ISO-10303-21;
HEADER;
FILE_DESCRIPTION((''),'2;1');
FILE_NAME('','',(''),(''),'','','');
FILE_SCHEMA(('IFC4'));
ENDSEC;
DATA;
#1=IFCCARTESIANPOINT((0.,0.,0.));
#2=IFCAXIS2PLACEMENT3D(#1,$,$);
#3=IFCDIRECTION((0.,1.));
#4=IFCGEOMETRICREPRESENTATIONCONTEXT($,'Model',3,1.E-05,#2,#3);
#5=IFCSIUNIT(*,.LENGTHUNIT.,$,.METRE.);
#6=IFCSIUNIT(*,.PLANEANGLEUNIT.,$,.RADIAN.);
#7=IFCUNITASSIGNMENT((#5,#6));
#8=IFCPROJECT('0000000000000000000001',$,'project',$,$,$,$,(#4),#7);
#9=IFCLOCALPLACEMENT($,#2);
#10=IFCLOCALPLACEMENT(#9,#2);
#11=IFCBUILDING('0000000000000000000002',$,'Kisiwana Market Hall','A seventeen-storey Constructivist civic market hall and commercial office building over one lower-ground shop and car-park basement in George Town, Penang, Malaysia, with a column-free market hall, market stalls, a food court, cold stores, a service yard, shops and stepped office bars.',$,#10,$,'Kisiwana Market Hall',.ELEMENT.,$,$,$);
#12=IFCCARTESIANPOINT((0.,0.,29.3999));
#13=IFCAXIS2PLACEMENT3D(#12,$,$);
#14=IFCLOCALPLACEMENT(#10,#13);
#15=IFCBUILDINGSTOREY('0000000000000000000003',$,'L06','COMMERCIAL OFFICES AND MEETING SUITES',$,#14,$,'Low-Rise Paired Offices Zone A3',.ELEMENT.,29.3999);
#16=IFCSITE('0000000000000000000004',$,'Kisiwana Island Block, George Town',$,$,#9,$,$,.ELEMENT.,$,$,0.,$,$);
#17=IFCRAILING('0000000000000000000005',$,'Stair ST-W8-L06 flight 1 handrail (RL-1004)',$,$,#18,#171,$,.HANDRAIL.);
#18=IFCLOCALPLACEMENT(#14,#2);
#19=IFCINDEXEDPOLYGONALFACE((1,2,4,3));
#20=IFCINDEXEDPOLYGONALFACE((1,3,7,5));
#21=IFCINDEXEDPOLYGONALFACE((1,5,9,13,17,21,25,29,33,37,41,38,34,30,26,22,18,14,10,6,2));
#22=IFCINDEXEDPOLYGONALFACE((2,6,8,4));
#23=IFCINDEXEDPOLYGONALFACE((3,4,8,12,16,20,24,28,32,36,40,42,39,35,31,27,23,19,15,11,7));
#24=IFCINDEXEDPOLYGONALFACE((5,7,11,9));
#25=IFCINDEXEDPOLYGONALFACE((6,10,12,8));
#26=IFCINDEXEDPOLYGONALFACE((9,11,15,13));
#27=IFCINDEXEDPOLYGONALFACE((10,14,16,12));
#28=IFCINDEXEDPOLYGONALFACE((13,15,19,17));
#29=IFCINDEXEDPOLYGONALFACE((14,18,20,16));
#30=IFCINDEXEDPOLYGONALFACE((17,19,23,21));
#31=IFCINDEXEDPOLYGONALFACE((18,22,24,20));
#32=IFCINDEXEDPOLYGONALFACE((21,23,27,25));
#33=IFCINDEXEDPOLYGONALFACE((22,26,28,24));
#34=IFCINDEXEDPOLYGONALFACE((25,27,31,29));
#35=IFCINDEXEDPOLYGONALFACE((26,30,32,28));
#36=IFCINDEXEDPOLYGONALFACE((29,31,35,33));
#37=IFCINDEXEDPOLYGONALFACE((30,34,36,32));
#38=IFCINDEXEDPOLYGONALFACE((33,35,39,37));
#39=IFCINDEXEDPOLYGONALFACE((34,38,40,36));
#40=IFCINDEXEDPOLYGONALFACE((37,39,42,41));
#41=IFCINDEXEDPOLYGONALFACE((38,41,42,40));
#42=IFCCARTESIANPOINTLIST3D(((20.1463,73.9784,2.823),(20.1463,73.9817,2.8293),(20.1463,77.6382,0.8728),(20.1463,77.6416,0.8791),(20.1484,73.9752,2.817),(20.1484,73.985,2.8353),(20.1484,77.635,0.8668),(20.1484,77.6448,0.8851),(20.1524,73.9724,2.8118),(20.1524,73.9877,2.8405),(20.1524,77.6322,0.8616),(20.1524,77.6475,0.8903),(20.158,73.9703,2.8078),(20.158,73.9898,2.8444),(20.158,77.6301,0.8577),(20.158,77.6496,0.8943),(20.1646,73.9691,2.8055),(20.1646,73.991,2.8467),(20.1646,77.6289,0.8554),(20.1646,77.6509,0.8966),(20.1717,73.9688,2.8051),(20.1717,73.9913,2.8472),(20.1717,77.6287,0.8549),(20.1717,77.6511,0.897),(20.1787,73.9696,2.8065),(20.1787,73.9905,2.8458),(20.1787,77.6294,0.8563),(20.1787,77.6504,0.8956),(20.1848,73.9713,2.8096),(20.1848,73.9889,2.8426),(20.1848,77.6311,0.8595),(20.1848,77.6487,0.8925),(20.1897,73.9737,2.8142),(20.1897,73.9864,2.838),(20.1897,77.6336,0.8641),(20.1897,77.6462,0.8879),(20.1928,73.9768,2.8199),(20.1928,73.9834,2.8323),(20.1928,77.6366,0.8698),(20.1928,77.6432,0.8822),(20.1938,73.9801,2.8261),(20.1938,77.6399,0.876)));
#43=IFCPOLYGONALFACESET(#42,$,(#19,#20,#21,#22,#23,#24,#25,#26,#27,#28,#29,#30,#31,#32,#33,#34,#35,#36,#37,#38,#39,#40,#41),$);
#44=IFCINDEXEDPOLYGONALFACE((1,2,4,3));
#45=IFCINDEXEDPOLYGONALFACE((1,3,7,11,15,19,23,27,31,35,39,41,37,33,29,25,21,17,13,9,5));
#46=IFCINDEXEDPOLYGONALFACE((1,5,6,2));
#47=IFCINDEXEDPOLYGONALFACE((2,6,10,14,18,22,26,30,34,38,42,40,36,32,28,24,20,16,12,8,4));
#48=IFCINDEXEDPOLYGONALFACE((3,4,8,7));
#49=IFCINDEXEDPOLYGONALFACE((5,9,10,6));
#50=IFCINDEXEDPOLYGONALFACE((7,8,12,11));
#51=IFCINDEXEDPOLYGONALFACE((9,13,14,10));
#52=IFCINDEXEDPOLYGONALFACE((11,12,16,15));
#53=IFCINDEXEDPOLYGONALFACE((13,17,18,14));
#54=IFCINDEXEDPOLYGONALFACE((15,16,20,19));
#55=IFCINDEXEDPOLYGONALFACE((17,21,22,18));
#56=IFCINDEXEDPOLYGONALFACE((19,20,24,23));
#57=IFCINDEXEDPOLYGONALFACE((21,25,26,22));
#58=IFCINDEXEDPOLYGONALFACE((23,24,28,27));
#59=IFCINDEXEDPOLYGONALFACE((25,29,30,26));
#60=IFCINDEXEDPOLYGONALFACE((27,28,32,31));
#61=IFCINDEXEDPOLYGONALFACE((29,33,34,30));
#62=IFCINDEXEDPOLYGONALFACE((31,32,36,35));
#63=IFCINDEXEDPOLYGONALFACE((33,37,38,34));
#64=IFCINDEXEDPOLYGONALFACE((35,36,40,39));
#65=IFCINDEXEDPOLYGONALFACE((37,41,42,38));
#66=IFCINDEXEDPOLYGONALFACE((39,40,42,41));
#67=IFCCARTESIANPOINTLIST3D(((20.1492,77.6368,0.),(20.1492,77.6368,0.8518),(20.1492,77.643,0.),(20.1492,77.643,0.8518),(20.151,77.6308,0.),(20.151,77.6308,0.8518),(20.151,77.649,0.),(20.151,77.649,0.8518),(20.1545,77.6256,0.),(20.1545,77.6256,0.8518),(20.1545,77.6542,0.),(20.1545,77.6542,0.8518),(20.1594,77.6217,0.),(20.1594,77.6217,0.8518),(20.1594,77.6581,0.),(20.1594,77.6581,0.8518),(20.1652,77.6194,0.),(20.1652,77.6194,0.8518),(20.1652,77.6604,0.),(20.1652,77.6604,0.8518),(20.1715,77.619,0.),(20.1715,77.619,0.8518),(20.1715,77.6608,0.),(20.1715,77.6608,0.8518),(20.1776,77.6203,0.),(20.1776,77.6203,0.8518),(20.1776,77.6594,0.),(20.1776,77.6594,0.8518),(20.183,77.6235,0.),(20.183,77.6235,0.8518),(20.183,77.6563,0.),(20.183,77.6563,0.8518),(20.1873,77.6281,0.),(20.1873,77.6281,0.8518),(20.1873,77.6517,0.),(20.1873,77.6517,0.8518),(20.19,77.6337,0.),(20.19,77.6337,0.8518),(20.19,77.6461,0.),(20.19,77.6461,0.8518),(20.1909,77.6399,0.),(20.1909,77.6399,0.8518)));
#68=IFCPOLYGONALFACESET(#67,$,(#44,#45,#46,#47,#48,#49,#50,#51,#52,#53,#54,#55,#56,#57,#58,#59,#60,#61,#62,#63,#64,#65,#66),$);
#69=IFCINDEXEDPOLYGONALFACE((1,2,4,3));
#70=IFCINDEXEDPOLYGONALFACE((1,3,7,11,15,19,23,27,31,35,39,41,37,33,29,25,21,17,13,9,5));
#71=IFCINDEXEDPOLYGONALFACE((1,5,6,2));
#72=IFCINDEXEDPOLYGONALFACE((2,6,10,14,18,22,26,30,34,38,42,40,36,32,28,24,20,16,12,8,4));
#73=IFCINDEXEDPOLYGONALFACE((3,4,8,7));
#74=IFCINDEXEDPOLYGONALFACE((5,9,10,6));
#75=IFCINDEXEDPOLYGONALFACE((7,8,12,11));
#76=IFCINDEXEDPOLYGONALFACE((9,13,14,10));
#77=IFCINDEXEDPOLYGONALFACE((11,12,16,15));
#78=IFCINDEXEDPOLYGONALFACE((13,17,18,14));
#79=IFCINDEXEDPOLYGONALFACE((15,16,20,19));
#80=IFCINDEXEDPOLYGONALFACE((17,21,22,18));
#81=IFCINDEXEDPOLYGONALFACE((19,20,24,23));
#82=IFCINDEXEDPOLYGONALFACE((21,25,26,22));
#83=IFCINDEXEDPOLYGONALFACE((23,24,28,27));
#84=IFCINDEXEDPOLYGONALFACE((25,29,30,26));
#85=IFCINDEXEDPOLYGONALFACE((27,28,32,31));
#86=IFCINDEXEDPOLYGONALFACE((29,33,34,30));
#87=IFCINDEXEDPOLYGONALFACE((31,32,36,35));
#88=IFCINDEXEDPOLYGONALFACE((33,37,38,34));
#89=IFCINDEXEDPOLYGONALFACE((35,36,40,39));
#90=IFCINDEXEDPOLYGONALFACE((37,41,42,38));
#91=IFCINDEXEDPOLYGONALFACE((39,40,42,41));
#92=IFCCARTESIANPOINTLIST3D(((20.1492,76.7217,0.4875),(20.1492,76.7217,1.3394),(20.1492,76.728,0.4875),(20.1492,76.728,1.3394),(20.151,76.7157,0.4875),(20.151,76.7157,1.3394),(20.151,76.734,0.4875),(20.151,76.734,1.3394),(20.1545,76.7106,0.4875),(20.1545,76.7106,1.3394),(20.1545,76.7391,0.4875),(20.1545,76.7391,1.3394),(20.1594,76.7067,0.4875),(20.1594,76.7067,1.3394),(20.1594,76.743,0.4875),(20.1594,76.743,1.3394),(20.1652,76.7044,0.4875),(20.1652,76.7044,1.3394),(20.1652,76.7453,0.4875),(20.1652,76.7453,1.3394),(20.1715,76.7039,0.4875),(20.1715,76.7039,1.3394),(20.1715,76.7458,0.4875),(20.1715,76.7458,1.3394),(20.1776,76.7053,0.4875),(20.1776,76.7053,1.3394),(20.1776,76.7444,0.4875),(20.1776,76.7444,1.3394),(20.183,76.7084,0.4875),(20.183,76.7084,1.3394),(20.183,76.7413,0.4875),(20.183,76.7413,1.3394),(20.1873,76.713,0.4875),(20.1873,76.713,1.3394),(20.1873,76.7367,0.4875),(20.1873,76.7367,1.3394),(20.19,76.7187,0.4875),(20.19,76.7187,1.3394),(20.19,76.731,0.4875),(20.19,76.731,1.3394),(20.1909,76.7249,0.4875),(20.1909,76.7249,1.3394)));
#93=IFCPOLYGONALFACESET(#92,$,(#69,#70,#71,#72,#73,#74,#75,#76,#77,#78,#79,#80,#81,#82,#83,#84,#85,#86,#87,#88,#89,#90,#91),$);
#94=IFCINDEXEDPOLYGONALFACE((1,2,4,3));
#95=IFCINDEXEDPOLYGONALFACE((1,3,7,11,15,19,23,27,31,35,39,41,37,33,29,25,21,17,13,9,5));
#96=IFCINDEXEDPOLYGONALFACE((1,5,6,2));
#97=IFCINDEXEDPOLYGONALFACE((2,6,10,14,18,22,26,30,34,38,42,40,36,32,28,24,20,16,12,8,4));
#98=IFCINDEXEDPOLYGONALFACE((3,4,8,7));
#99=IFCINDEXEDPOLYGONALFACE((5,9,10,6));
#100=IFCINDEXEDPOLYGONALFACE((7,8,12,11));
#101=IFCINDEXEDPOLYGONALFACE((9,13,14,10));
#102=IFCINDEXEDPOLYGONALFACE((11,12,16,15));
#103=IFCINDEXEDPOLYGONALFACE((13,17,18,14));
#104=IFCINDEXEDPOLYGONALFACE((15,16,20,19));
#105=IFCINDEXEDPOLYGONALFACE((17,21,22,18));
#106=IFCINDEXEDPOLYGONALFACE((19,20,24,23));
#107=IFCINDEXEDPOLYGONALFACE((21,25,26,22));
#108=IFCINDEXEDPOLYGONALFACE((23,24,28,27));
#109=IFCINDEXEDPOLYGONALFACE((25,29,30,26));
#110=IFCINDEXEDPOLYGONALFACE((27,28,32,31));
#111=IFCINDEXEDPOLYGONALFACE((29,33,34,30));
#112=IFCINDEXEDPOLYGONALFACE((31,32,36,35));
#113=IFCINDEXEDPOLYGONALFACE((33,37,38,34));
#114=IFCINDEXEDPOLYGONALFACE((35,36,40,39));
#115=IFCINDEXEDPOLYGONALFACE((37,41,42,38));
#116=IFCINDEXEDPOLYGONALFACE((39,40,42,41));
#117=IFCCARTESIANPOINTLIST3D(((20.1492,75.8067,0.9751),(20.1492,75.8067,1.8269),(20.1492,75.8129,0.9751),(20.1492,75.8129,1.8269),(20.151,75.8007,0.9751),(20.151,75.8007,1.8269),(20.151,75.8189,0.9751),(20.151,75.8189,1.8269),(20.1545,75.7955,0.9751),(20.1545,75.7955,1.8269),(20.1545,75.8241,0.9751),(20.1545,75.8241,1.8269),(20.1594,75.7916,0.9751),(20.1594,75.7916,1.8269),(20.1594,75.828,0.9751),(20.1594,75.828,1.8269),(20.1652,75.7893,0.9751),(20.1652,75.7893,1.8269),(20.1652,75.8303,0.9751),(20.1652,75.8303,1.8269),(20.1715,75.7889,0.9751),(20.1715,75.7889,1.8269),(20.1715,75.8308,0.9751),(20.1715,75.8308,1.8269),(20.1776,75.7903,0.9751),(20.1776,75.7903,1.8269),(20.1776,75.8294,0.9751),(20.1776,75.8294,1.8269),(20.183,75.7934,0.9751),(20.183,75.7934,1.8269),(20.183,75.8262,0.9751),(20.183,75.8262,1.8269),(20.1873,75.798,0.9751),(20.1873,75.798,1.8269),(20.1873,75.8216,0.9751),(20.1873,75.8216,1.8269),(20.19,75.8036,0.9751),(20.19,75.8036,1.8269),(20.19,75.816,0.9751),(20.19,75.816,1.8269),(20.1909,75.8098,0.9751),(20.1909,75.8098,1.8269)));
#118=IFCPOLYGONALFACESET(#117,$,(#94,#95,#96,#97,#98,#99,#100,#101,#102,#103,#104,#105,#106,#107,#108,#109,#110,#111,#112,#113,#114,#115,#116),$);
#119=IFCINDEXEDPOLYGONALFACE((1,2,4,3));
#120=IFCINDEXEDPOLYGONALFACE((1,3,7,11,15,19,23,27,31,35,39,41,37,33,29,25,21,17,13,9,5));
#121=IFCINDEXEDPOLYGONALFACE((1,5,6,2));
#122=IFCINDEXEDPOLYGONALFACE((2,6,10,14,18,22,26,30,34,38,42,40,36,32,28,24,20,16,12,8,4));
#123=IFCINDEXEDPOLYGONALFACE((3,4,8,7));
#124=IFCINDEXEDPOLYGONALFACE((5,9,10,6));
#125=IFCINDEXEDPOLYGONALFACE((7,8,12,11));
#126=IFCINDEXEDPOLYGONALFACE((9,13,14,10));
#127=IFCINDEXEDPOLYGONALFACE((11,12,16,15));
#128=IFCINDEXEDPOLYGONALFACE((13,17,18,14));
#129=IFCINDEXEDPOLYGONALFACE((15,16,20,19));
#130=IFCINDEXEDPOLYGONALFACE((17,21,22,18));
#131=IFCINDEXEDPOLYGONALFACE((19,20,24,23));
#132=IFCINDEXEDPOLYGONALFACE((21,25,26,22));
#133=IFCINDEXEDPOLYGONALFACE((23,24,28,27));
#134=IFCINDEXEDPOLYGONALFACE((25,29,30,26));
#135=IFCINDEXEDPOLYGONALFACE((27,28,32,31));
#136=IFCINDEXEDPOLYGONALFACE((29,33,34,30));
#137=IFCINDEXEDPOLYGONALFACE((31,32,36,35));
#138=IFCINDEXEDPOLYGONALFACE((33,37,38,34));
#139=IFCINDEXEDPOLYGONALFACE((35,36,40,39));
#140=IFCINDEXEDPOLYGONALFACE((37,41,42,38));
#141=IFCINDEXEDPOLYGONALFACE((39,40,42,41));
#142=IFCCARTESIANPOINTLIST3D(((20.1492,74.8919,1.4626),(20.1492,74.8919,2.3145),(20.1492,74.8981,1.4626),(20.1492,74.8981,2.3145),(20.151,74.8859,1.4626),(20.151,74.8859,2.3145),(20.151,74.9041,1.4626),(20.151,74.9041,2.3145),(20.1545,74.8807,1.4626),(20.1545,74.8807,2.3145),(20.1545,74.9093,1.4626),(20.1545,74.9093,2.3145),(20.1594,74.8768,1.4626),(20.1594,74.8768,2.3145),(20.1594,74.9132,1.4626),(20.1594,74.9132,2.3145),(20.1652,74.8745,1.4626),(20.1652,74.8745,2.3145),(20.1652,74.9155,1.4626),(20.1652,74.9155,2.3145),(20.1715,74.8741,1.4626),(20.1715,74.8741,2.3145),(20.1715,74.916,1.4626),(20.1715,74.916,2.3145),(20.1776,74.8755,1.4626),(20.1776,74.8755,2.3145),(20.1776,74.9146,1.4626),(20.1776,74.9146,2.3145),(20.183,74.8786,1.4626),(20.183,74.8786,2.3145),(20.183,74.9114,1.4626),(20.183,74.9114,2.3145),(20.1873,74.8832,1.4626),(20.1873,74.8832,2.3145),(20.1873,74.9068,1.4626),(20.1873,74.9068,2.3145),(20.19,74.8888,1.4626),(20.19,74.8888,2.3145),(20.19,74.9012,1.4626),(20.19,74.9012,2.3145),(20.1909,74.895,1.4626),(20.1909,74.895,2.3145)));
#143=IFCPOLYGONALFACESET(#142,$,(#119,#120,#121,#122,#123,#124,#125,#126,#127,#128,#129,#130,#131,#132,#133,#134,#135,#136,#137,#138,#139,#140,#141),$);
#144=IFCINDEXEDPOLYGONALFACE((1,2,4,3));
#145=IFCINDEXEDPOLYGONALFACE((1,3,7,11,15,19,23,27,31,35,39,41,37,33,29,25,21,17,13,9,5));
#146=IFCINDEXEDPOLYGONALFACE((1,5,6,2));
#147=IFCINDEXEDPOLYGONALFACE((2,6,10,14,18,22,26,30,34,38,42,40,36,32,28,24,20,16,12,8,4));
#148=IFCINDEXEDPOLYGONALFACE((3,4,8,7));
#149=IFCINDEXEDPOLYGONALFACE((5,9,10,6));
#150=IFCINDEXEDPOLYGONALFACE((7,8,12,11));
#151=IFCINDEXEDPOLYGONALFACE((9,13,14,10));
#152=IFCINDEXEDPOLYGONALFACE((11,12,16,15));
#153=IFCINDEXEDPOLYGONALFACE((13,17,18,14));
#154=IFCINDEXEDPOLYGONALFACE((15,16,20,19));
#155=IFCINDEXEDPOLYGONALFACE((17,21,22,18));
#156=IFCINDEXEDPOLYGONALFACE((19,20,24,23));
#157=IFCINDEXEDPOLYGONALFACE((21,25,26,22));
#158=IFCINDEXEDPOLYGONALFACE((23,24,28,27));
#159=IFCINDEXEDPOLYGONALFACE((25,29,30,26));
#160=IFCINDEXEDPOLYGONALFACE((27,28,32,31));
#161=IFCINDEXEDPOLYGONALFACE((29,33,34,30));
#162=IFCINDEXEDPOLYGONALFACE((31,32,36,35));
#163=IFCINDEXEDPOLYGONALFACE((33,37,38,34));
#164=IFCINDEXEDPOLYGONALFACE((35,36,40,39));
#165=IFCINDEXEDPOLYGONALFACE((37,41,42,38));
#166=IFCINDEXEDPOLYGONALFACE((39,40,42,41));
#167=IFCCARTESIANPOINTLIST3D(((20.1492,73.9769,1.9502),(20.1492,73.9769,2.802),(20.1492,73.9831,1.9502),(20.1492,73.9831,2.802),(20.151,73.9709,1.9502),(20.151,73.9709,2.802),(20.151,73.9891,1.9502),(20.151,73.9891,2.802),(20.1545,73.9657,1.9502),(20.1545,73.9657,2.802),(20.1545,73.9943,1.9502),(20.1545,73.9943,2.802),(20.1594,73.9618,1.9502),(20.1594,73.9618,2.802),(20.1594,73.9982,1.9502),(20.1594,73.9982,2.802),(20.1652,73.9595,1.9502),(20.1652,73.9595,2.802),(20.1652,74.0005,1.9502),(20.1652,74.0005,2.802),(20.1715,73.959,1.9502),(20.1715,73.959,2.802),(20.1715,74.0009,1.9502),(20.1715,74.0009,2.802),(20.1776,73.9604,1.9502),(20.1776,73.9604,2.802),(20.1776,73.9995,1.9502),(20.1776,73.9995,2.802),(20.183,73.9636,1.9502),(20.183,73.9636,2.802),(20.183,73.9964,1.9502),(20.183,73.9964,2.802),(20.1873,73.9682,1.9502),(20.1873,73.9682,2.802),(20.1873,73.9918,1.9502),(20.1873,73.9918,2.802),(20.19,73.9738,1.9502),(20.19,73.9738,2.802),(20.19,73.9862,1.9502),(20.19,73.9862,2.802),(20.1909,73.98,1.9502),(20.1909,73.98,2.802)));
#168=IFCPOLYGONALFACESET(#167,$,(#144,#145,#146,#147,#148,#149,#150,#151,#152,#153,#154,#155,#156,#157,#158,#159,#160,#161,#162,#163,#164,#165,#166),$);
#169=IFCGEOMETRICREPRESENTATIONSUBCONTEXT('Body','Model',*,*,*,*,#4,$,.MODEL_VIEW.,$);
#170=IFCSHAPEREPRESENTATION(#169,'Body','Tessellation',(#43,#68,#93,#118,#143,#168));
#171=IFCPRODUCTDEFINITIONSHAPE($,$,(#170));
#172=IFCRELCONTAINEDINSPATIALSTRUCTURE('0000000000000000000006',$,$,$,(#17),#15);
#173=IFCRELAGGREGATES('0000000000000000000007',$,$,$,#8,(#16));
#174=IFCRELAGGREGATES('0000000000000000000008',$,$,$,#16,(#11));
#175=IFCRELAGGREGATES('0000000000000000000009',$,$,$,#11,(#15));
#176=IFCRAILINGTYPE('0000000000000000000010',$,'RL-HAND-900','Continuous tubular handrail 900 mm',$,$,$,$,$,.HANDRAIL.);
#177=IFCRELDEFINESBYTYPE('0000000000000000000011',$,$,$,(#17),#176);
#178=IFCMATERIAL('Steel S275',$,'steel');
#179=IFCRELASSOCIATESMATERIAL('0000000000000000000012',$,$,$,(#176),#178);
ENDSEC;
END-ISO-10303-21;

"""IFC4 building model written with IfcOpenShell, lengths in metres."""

from ifc_helpers import new_model, si_unit, direction, frame, origin, origin_2d, place, context, subcontext, project, spatial, circle, extrude, material, type_object, element, save


model = new_model("IFC4")

# Units and contexts
model_context = context("Model", 3, precision=1e-05, world=origin(), true_north=direction((0.0, 1.0)))
body_context = subcontext(model_context, "Body", "Model", "MODEL_VIEW")
ifc_project = project(units=[si_unit("LENGTHUNIT", "METRE"), si_unit("PLANEANGLEUNIT", "RADIAN")], contexts=[model_context])

# Site, building, storey
site_placement = place(None, origin())
site = spatial("IfcSite", under=ifc_project, at=site_placement, Name="Kisiwana Island Block, George Town", CompositionType="ELEMENT", RefElevation=0.0)
building_placement = place(site_placement, origin())
building = spatial("IfcBuilding", under=site, at=building_placement, Name="Kisiwana Market Hall", Description="A seventeen-storey Constructivist civic market hall and commercial office building over one lower-ground shop and car-park basement in George Town, Penang, Malaysia, with a column-free market hall, market stalls, a food court, cold stores, a service yard, shops and stepped office bars.", LongName="Kisiwana Market Hall", CompositionType="ELEMENT")
storey_placement = place(building_placement, frame((0.0, 0.0, 29.3999)))
storey = spatial("IfcBuildingStorey", under=building, at=storey_placement, Name="L06", Description="COMMERCIAL OFFICES AND MEETING SUITES", LongName="Low-Rise Paired Offices Zone A3", CompositionType="ELEMENT", Elevation=29.3999)

# Railing
ifc_material_1 = material(Name="Steel S275", Category="steel")
railing_type_1 = type_object("IfcRailingType", Name="RL-HAND-900", Description="Continuous tubular handrail 900 mm", PredefinedType="HANDRAIL", material=ifc_material_1)
railing_1_placement = place(storey_placement, frame((20.1699, 77.6399, 0.0)))
element("IfcRailing", 1, at=railing_1_placement, inside=storey, type_object=railing_type_1, Name="Stair ST-W8-L06 flight 1 handrail (RL-1004)", PredefinedType="HANDRAIL", context=body_context, shape_type="SweptSolid", body=[
    extrude(circle(Radius=0.0239, at=origin_2d()), frame((0.0, 0.0, 0.876), z_axis=(0.0, -0.882529, 0.470258), x_axis=(1.0, 0.0, 0.0)), (0.0, 0.0, 1.0), 4.147),
    extrude(circle(Radius=0.021, at=origin_2d()), origin(), (0.0, 0.0, 1.0), 0.8518),
    extrude(circle(Radius=0.021, at=origin_2d()), frame((0.0, -0.915, 0.4875)), (0.0, 0.0, 1.0), 0.8518),
    extrude(circle(Radius=0.021, at=origin_2d()), frame((0.0, -1.8301, 0.9751)), (0.0, 0.0, 1.0), 0.8518),
    extrude(circle(Radius=0.021, at=origin_2d()), frame((0.0, -2.7449, 1.4626)), (0.0, 0.0, 1.0), 0.8518),
    extrude(circle(Radius=0.021, at=origin_2d()), frame((0.0, -3.6599, 1.9502)), (0.0, 0.0, 1.0), 0.8518),
])

save(model, "model.ifc")
